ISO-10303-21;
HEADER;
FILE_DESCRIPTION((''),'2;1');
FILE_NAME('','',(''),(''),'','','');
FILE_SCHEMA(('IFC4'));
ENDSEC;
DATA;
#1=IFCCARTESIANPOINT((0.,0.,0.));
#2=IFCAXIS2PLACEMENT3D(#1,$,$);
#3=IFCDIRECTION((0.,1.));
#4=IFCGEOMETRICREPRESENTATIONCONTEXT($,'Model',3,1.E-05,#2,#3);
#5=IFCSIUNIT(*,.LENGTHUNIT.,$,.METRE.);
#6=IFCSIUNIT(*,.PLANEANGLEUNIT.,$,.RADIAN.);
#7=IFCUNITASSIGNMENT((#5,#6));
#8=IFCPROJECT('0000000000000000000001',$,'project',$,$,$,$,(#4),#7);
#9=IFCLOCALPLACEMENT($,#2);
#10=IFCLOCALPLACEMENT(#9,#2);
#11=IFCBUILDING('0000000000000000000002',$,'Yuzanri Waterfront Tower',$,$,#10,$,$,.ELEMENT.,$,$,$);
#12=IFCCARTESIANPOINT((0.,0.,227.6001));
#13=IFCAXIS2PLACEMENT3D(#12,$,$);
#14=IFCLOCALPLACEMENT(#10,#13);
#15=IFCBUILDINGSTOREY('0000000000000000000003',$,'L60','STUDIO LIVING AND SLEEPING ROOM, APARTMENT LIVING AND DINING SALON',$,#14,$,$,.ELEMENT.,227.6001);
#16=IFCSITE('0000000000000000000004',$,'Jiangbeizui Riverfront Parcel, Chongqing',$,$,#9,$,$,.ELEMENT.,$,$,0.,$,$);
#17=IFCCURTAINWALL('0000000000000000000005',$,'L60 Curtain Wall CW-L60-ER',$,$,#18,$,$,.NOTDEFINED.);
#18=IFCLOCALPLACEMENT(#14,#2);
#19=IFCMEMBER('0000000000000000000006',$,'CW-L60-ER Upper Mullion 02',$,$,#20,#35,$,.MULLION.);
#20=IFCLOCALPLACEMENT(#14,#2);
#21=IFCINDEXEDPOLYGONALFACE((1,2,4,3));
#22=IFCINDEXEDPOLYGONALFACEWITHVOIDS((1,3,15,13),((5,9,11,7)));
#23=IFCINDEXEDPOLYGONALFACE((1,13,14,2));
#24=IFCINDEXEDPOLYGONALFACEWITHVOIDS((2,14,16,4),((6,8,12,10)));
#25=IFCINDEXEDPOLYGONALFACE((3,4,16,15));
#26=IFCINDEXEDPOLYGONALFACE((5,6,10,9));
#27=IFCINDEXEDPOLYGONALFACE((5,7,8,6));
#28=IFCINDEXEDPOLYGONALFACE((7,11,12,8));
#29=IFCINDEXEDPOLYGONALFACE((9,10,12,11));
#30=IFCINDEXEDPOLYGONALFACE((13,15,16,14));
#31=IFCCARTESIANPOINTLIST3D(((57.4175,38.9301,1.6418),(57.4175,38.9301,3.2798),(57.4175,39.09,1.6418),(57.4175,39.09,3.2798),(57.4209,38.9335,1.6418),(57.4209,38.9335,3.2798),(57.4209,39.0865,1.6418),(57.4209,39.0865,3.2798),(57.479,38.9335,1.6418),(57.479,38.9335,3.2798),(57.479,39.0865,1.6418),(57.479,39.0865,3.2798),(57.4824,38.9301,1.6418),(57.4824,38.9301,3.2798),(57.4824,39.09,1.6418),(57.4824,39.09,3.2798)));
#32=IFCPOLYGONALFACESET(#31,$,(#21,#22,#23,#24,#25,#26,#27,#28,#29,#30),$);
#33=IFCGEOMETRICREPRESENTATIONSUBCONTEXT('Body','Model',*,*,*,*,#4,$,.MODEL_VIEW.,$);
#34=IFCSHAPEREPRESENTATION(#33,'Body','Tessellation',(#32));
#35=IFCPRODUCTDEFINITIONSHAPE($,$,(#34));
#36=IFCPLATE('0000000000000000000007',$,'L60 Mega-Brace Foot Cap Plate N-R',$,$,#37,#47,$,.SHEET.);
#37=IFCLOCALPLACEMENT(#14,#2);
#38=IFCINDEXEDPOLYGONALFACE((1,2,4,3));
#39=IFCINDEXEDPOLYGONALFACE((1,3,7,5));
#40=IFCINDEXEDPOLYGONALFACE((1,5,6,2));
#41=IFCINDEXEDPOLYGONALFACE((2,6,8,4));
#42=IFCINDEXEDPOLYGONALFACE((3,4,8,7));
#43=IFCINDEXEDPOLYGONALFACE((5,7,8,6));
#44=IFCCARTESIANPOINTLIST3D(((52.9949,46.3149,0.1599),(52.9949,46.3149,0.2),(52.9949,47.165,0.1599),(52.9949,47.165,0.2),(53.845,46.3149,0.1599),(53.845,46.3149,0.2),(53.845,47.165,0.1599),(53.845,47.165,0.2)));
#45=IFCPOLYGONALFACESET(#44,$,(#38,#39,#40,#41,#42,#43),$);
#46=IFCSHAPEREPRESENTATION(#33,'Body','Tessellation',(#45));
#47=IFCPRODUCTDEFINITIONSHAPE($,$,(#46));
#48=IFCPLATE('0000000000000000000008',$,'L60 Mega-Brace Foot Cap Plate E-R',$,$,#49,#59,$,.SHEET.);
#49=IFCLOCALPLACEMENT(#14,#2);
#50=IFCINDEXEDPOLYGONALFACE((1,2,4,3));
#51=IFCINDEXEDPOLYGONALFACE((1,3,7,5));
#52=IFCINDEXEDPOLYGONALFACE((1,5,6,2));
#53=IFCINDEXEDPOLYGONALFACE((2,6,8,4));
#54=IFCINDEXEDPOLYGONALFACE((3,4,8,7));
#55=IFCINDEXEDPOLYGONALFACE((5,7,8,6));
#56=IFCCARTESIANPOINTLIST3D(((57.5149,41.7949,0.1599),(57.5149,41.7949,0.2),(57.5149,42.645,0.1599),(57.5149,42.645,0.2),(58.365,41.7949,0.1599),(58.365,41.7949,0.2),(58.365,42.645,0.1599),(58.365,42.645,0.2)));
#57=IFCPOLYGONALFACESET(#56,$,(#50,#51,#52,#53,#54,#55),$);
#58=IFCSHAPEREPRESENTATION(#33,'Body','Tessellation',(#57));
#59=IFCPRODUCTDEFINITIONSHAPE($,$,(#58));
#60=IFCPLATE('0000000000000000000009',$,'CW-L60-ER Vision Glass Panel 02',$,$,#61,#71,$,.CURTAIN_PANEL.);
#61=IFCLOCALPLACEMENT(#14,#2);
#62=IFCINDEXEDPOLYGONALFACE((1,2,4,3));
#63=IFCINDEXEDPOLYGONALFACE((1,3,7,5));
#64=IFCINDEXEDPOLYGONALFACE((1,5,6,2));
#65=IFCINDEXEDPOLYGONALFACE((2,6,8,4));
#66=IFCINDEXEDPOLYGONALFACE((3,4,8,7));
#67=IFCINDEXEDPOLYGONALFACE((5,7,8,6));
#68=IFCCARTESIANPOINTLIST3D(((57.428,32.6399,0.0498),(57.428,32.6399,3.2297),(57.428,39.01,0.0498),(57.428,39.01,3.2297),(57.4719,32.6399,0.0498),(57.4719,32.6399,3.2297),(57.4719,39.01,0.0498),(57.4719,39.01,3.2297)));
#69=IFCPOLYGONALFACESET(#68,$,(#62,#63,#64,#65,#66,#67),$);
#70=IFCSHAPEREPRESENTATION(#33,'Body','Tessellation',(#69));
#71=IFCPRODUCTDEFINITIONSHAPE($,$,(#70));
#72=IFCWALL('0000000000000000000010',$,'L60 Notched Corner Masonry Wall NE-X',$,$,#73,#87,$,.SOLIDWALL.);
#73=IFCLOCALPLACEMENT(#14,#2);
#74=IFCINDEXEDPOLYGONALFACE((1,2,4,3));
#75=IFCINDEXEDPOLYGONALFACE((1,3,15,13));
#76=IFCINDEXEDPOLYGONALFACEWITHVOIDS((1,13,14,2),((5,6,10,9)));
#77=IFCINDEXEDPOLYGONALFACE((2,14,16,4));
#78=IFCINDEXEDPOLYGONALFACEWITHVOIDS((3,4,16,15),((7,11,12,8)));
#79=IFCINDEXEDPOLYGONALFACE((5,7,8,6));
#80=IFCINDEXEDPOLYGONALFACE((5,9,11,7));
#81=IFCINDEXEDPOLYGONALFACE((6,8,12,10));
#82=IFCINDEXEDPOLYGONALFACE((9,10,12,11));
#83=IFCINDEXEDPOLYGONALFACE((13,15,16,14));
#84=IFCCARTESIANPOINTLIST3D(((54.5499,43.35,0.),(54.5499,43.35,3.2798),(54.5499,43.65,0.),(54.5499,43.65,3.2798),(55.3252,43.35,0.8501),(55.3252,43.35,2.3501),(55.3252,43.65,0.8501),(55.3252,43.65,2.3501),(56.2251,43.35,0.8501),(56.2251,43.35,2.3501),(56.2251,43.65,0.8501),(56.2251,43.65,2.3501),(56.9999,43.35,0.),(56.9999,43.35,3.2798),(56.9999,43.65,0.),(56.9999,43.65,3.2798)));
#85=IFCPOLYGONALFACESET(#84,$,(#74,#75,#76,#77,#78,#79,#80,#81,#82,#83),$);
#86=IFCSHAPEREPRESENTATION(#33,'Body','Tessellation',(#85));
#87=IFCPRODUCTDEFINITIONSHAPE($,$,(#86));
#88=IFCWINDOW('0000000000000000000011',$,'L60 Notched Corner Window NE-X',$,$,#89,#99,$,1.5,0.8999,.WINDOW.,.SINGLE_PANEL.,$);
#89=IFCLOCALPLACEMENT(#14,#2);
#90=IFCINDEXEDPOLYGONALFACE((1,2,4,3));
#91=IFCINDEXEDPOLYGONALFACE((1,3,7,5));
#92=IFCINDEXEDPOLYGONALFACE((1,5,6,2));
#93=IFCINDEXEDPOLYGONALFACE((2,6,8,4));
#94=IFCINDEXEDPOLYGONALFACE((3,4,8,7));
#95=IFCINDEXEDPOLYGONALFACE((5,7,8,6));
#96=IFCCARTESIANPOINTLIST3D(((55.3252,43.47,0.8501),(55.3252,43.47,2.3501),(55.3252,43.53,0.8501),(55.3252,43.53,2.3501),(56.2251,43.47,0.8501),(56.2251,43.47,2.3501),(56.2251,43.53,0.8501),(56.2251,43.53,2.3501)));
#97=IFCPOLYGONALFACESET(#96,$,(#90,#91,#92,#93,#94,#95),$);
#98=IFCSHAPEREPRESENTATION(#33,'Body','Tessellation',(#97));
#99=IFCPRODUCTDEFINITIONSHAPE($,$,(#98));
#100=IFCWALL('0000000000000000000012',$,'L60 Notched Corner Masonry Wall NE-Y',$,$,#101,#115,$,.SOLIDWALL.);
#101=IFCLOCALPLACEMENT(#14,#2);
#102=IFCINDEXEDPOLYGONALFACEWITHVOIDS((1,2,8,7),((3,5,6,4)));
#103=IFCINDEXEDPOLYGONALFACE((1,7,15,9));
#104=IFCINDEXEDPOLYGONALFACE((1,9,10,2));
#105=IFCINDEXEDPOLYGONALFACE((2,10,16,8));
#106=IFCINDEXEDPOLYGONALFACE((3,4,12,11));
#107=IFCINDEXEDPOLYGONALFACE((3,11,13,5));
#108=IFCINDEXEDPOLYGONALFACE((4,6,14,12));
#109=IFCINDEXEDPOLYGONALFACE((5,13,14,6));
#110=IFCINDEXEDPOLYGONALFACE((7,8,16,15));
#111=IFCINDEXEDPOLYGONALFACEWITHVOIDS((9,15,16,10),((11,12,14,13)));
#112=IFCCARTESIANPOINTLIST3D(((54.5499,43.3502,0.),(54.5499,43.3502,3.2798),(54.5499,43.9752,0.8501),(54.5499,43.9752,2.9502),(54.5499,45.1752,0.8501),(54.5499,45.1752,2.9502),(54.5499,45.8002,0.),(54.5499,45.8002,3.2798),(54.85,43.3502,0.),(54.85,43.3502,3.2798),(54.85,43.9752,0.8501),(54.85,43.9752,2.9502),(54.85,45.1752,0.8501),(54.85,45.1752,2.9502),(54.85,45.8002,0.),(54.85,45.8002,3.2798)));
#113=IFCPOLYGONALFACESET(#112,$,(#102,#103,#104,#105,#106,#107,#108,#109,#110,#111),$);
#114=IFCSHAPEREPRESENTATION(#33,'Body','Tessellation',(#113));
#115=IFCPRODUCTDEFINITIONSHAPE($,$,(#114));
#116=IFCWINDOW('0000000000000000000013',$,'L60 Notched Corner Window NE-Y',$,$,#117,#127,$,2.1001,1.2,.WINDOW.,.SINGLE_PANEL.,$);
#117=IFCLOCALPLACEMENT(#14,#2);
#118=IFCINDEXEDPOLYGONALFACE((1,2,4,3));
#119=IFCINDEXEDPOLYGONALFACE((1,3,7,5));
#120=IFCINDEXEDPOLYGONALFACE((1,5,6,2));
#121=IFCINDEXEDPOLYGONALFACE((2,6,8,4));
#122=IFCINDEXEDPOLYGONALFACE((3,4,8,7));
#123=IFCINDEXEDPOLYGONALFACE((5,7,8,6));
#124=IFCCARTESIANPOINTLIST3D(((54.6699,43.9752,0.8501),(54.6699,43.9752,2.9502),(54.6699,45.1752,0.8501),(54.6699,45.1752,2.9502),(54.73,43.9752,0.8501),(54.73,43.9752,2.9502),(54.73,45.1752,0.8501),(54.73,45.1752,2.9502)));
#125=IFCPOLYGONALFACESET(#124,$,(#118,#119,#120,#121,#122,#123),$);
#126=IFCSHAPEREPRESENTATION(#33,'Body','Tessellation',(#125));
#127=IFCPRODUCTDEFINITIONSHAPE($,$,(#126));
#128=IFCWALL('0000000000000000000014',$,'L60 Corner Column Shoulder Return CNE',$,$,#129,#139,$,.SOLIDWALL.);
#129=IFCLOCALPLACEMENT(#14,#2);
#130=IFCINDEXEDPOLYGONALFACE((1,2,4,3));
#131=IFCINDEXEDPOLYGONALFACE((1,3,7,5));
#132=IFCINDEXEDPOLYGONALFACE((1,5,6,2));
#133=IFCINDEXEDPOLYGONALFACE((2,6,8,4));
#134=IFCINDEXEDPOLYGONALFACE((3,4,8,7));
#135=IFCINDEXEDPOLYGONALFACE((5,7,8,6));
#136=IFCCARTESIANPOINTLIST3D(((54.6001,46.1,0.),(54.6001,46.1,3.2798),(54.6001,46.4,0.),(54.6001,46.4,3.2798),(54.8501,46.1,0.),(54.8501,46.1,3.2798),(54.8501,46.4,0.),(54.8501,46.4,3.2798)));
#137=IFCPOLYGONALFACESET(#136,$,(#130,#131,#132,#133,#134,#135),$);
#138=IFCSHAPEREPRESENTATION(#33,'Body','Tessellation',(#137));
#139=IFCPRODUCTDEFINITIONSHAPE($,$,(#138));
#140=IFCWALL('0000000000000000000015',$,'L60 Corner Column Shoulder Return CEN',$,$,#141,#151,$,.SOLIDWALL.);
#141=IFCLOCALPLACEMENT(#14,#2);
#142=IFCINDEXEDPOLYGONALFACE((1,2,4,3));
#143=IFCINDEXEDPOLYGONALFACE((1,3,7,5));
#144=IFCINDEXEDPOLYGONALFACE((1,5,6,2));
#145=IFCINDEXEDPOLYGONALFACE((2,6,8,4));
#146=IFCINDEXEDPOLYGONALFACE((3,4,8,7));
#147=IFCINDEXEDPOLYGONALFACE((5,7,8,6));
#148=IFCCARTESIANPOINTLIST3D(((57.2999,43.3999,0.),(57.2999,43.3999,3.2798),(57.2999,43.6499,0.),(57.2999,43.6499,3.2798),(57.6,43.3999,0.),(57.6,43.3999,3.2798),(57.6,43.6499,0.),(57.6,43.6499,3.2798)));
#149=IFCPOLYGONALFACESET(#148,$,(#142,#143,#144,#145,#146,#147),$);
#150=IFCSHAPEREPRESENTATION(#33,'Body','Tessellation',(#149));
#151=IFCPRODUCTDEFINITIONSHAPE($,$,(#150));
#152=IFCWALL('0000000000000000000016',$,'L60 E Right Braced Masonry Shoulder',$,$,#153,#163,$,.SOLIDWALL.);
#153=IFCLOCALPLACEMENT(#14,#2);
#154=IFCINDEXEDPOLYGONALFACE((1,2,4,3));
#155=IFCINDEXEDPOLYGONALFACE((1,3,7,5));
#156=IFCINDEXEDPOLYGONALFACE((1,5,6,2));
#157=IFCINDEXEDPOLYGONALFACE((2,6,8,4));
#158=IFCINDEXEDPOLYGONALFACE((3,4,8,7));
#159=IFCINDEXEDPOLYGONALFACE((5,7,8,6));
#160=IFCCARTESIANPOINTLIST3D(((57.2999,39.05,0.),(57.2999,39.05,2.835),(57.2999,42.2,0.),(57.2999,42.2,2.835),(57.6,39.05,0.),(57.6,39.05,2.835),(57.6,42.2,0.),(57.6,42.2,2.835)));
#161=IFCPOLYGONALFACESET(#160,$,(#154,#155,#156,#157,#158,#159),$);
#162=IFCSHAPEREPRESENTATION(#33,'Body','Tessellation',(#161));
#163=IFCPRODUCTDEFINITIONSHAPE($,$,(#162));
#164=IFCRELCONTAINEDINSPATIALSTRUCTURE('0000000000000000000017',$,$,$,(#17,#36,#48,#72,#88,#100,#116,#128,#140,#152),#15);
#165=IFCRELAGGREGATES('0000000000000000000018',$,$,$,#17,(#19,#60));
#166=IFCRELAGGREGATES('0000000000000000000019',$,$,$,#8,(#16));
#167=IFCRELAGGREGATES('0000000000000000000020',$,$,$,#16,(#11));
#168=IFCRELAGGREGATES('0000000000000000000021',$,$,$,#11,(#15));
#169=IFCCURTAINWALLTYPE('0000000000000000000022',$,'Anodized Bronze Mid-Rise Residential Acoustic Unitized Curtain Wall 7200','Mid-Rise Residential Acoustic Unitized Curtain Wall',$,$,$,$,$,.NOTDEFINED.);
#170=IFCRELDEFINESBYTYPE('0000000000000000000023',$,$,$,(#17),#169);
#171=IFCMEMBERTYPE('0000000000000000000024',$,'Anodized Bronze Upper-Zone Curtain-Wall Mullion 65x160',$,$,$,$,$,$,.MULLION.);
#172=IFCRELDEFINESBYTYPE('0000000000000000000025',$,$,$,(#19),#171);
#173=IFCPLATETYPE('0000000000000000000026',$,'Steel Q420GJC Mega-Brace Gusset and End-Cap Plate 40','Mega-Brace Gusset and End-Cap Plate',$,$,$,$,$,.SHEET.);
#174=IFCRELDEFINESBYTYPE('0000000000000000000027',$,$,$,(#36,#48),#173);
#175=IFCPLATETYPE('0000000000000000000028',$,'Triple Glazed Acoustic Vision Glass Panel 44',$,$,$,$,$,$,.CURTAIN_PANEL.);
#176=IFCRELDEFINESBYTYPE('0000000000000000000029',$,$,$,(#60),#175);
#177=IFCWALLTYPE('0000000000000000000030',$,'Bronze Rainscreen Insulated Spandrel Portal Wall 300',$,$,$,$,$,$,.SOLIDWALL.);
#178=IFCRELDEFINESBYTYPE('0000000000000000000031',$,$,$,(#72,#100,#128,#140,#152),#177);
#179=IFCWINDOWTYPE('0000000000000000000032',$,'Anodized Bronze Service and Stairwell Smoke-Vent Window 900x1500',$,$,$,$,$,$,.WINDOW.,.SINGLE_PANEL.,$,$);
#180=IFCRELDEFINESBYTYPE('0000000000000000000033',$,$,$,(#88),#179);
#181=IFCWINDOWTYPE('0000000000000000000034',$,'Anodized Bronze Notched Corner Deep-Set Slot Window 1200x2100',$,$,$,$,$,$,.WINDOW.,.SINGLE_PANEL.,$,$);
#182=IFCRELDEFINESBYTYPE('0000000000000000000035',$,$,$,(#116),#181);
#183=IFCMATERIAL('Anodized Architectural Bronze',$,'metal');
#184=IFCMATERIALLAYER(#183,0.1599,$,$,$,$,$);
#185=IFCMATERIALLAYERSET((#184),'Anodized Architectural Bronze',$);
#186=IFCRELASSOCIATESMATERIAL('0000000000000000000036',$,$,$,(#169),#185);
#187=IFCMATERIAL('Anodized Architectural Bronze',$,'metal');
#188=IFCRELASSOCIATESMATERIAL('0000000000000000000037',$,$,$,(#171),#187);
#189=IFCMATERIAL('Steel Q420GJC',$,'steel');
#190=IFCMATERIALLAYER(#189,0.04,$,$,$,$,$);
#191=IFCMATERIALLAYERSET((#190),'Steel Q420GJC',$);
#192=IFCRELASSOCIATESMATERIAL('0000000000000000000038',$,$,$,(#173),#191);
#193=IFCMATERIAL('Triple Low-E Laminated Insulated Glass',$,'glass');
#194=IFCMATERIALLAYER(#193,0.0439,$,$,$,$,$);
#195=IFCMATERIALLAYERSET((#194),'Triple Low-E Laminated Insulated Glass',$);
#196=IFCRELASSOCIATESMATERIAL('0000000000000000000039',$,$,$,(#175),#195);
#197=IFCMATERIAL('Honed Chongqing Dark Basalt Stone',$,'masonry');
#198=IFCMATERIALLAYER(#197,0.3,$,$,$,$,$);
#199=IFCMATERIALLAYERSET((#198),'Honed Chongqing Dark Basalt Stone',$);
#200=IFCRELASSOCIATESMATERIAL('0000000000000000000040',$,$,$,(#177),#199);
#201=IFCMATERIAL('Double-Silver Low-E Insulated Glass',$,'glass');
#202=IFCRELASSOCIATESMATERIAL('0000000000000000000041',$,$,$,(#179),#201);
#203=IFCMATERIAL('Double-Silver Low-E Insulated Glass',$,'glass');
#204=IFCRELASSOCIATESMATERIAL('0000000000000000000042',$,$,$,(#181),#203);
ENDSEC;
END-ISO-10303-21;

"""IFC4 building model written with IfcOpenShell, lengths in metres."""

from ifc_helpers import new_model, si_unit, direction, frame, frame_2d, origin, origin_2d, place, context, subcontext, project, spatial, rectangle, hollow_rectangle, extrude, source, transform, mapped, material, layer, layer_set, material_profile, profile_set, type_object, element, fill, aggregate, save


model = new_model("IFC4")

# Units and contexts
model_context = context("Model", 3, precision=1e-05, world=origin(), true_north=direction((0.0, 1.0)))
body_context = subcontext(model_context, "Body", "Model", "MODEL_VIEW")
ifc_project = project(units=[si_unit("LENGTHUNIT", "METRE"), si_unit("PLANEANGLEUNIT", "RADIAN")], contexts=[model_context])

# Site, building, storey
site_placement = place(None, origin())
site = spatial("IfcSite", under=ifc_project, at=site_placement, Name="Jiangbeizui Riverfront Parcel, Chongqing", CompositionType="ELEMENT", RefElevation=0.0)
building_placement = place(site_placement, origin())
building = spatial("IfcBuilding", under=site, at=building_placement, Name="Yuzanri Waterfront Tower", CompositionType="ELEMENT")
storey_placement = place(building_placement, frame((0.0, 0.0, 227.6001)))
storey = spatial("IfcBuildingStorey", under=building, at=storey_placement, Name="L60", Description="STUDIO LIVING AND SLEEPING ROOM, APARTMENT LIVING AND DINING SALON", CompositionType="ELEMENT", Elevation=227.6001)

# Curtain wall, member
ifc_material_1 = material(Name="Anodized Architectural Bronze", Category="metal")
ifc_layer_1 = layer(ifc_material_1, 0.1599)
ifc_layer_set_1 = layer_set([ifc_layer_1], Name="Anodized Architectural Bronze")
curtain_wall_type = type_object("IfcCurtainWallType", Name="Anodized Bronze Mid-Rise Residential Acoustic Unitized Curtain Wall 7200", Description="Mid-Rise Residential Acoustic Unitized Curtain Wall", PredefinedType="NOTDEFINED", material=ifc_layer_set_1)
curtain_wall_placement = place(storey_placement, origin())
curtain_wall = element("IfcCurtainWall", 1, at=curtain_wall_placement, inside=storey, type_object=curtain_wall_type, Name="L60 Curtain Wall CW-L60-ER", PredefinedType="NOTDEFINED")
ifc_material_2 = material(Name="Anodized Architectural Bronze", Category="metal")
ifc_material_profile_1 = material_profile(ifc_material_2, hollow_rectangle(XDim=0.0649, YDim=0.1599, WallThickness=0.0034, at=origin_2d()), Name="CWM 65x160")
ifc_profile_set_1 = profile_set([ifc_material_profile_1], Name="Anodized Architectural Bronze")
member_type_1 = type_object("IfcMemberType", Name="Anodized Bronze Upper-Zone Curtain-Wall Mullion 65x160", PredefinedType="MULLION", material=ifc_profile_set_1)
shared_shape_1 = source(origin(), body_context, "Body", "SweptSolid", [
    extrude(hollow_rectangle(XDim=0.0649, YDim=0.1599, WallThickness=0.0034, at=origin_2d()), origin(), (0.0, 0.0, 1.0), 1.6379),
])
member_1_placement = place(storey_placement, frame((57.45, 39.01, 1.6418), z_axis=(0.0, 0.0, 1.0), x_axis=(1.0, 0.0, 0.0)))
member_1 = element("IfcMember", 2, at=member_1_placement, type_object=member_type_1, Name="CW-L60-ER Upper Mullion 02", PredefinedType="MULLION", context=body_context, shape_type="MappedRepresentation", body=[
    mapped(shared_shape_1, transform((0.0, 0.0, 0.0), scale=1.0)),
])

# Plates
ifc_material_3 = material(Name="Steel Q420GJC", Category="steel")
ifc_layer_2 = layer(ifc_material_3, 0.04)
ifc_layer_set_2 = layer_set([ifc_layer_2], Name="Steel Q420GJC")
plate_type_1 = type_object("IfcPlateType", Name="Steel Q420GJC Mega-Brace Gusset and End-Cap Plate 40", Description="Mega-Brace Gusset and End-Cap Plate", PredefinedType="SHEET", material=ifc_layer_set_2)
shared_shape_2 = source(origin(), body_context, "Body", "SweptSolid", [
    extrude(rectangle(XDim=0.8501, YDim=0.8501, at=origin_2d()), origin(), (0.0, 0.0, 1.0), 0.04),
])
for number, where, z_axis, x_axis, name in (
    (3, (53.4199, 46.74, 0.1599), (0.0, 0.0, 1.0), (1.0, 0.0, 0.0), "L60 Mega-Brace Foot Cap Plate N-R"),
    (4, (57.9399, 42.22, 0.1599), (0.0, 0.0, 1.0), (1.0, 0.0, 0.0), "L60 Mega-Brace Foot Cap Plate E-R"),
):
    element("IfcPlate", number, at=place(storey_placement, frame(where, z_axis=z_axis, x_axis=x_axis)), inside=storey, type_object=plate_type_1, Name=name, PredefinedType="SHEET", context=body_context, shape_type="MappedRepresentation", body=[
        mapped(shared_shape_2, transform((0.0, 0.0, 0.0), scale=1.0)),
    ])

# Plate
ifc_material_4 = material(Name="Triple Low-E Laminated Insulated Glass", Category="glass")
ifc_layer_3 = layer(ifc_material_4, 0.0439)
ifc_layer_set_3 = layer_set([ifc_layer_3], Name="Triple Low-E Laminated Insulated Glass")
plate_type_2 = type_object("IfcPlateType", Name="Triple Glazed Acoustic Vision Glass Panel 44", PredefinedType="CURTAIN_PANEL", material=ifc_layer_set_3)
shared_shape_3 = source(origin(), body_context, "Body", "SweptSolid", [
    extrude(rectangle(XDim=6.3701, YDim=0.0439, at=origin_2d()), origin(), (0.0, 0.0, 1.0), 3.1799),
])
plate_placement = place(storey_placement, frame((57.45, 35.825, 0.0498), z_axis=(0.0, 0.0, 1.0), x_axis=(0.0, 1.0, 0.0)))
plate = element("IfcPlate", 5, at=plate_placement, type_object=plate_type_2, Name="CW-L60-ER Vision Glass Panel 02", PredefinedType="CURTAIN_PANEL", context=body_context, shape_type="MappedRepresentation", body=[
    mapped(shared_shape_3, transform((0.0, 0.0, 0.0), scale=1.0)),
])
aggregate(curtain_wall, [member_1, plate])

# Walls, openings, windows
ifc_material_5 = material(Name="Honed Chongqing Dark Basalt Stone", Category="masonry")
ifc_layer_4 = layer(ifc_material_5, 0.3)
ifc_layer_set_4 = layer_set([ifc_layer_4], Name="Honed Chongqing Dark Basalt Stone")
wall_type_1 = type_object("IfcWallType", Name="Bronze Rainscreen Insulated Spandrel Portal Wall 300", PredefinedType="SOLIDWALL", material=ifc_layer_set_4)
wall_1_placement = place(storey_placement, frame((57.0, 43.5, 0.0), z_axis=(0.0, 0.0, 1.0), x_axis=(-1.0, 0.0, 0.0)))
wall_1 = element("IfcWall", 6, at=wall_1_placement, inside=storey, type_object=wall_type_1, Name="L60 Notched Corner Masonry Wall NE-X", PredefinedType="SOLIDWALL", context=body_context, shape_type="SweptSolid", body=[
    extrude(rectangle(XDim=2.45, YDim=0.3, at=frame_2d((1.2251, 0.0))), origin(), (0.0, 0.0, 1.0), 3.2798),
])
opening_1_placement = place(wall_1_placement, frame((0.7749, 0.0, 0.8501)))
opening_1 = element("IfcOpeningElement", 7, at=opening_1_placement, cuts=wall_1, PredefinedType="OPENING", context=body_context, shape_type="SweptSolid", body=[
    extrude(rectangle(XDim=0.8999, YDim=1.5, at=frame_2d((0.45, 0.75))), frame((0.0, 0.165, 0.0), z_axis=(0.0, -1.0, 0.0), x_axis=(1.0, 0.0, 0.0)), (0.0, 0.0, 1.0), 0.3298),
])
ifc_material_6 = material(Name="Double-Silver Low-E Insulated Glass", Category="glass")
window_type_1 = type_object("IfcWindowType", Name="Anodized Bronze Service and Stairwell Smoke-Vent Window 900x1500", PartitioningType="SINGLE_PANEL", PredefinedType="WINDOW", material=ifc_material_6)
shared_shape_4 = source(origin(), body_context, "Body", "SweptSolid", [
    extrude(rectangle(XDim=0.8999, YDim=1.5, at=frame_2d((0.45, 0.75))), frame((0.0, 0.03, 0.0), z_axis=(0.0, -1.0, 0.0), x_axis=(1.0, 0.0, 0.0)), (0.0, 0.0, 1.0), 0.0601),
])
window_1_placement = place(opening_1_placement, origin())
window_1 = element("IfcWindow", 8, at=window_1_placement, inside=storey, type_object=window_type_1, Name="L60 Notched Corner Window NE-X", OverallHeight=1.5, OverallWidth=0.8999, PartitioningType="SINGLE_PANEL", PredefinedType="WINDOW", context=body_context, shape_type="MappedRepresentation", body=[
    mapped(shared_shape_4, transform((0.0, 0.0, 0.0), scale=1.0)),
])
fill(opening_1, window_1)
wall_2_placement = place(storey_placement, frame((54.7, 43.3501, 0.0), z_axis=(0.0, 0.0, 1.0), x_axis=(0.0, 1.0, 0.0)))
wall_2 = element("IfcWall", 9, at=wall_2_placement, inside=storey, type_object=wall_type_1, Name="L60 Notched Corner Masonry Wall NE-Y", PredefinedType="SOLIDWALL", context=body_context, shape_type="SweptSolid", body=[
    extrude(rectangle(XDim=2.45, YDim=0.3, at=frame_2d((1.2251, 0.0))), origin(), (0.0, 0.0, 1.0), 3.2798),
])
opening_2_placement = place(wall_2_placement, frame((0.625, 0.0, 0.8501)))
opening_2 = element("IfcOpeningElement", 10, at=opening_2_placement, cuts=wall_2, PredefinedType="OPENING", context=body_context, shape_type="SweptSolid", body=[
    extrude(rectangle(XDim=1.2, YDim=2.1001, at=frame_2d((0.6001, 1.05))), frame((0.0, 0.165, 0.0), z_axis=(0.0, -1.0, 0.0), x_axis=(1.0, 0.0, 0.0)), (0.0, 0.0, 1.0), 0.3298),
])
ifc_material_7 = material(Name="Double-Silver Low-E Insulated Glass", Category="glass")
window_type_2 = type_object("IfcWindowType", Name="Anodized Bronze Notched Corner Deep-Set Slot Window 1200x2100", PartitioningType="SINGLE_PANEL", PredefinedType="WINDOW", material=ifc_material_7)
shared_shape_5 = source(origin(), body_context, "Body", "SweptSolid", [
    extrude(rectangle(XDim=1.2, YDim=2.1001, at=frame_2d((0.6001, 1.05))), frame((0.0, 0.03, 0.0), z_axis=(0.0, -1.0, 0.0), x_axis=(1.0, 0.0, 0.0)), (0.0, 0.0, 1.0), 0.0601),
])
window_2_placement = place(opening_2_placement, origin())
window_2 = element("IfcWindow", 11, at=window_2_placement, inside=storey, type_object=window_type_2, Name="L60 Notched Corner Window NE-Y", OverallHeight=2.1001, OverallWidth=1.2, PartitioningType="SINGLE_PANEL", PredefinedType="WINDOW", context=body_context, shape_type="MappedRepresentation", body=[
    mapped(shared_shape_5, transform((0.0, 0.0, 0.0), scale=1.0)),
])
fill(opening_2, window_2)

# Walls
shared_shape_6 = source(origin(), body_context, "Body", "SweptSolid", [
    extrude(rectangle(XDim=0.25, YDim=0.3, at=frame_2d((0.125, 0.0))), origin(), (0.0, 0.0, 1.0), 3.2798),
])
for number, where, z_axis, x_axis, name in (
    (12, (54.6001, 46.25, 0.0), (0.0, 0.0, 1.0), (1.0, 0.0, 0.0), "L60 Corner Column Shoulder Return CNE"),
    (13, (57.45, 43.3999, 0.0), (0.0, 0.0, 1.0), (0.0, 1.0, 0.0), "L60 Corner Column Shoulder Return CEN"),
):
    element("IfcWall", number, at=place(storey_placement, frame(where, z_axis=z_axis, x_axis=x_axis)), inside=storey, type_object=wall_type_1, Name=name, PredefinedType="SOLIDWALL", context=body_context, shape_type="MappedRepresentation", body=[
        mapped(shared_shape_6, transform((0.0, 0.0, 0.0), scale=1.0)),
    ])
shared_shape_7 = source(origin(), body_context, "Body", "SweptSolid", [
    extrude(rectangle(XDim=3.1499, YDim=0.3, at=frame_2d((1.575, 0.0))), origin(), (0.0, 0.0, 1.0), 2.835),
])
wall_3_placement = place(storey_placement, frame((57.45, 39.05, 0.0), z_axis=(0.0, 0.0, 1.0), x_axis=(0.0, 1.0, 0.0)))
element("IfcWall", 14, at=wall_3_placement, inside=storey, type_object=wall_type_1, Name="L60 E Right Braced Masonry Shoulder", PredefinedType="SOLIDWALL", context=body_context, shape_type="MappedRepresentation", body=[
    mapped(shared_shape_7, transform((0.0, 0.0, 0.0), scale=1.0)),
])

save(model, "model.ifc")
